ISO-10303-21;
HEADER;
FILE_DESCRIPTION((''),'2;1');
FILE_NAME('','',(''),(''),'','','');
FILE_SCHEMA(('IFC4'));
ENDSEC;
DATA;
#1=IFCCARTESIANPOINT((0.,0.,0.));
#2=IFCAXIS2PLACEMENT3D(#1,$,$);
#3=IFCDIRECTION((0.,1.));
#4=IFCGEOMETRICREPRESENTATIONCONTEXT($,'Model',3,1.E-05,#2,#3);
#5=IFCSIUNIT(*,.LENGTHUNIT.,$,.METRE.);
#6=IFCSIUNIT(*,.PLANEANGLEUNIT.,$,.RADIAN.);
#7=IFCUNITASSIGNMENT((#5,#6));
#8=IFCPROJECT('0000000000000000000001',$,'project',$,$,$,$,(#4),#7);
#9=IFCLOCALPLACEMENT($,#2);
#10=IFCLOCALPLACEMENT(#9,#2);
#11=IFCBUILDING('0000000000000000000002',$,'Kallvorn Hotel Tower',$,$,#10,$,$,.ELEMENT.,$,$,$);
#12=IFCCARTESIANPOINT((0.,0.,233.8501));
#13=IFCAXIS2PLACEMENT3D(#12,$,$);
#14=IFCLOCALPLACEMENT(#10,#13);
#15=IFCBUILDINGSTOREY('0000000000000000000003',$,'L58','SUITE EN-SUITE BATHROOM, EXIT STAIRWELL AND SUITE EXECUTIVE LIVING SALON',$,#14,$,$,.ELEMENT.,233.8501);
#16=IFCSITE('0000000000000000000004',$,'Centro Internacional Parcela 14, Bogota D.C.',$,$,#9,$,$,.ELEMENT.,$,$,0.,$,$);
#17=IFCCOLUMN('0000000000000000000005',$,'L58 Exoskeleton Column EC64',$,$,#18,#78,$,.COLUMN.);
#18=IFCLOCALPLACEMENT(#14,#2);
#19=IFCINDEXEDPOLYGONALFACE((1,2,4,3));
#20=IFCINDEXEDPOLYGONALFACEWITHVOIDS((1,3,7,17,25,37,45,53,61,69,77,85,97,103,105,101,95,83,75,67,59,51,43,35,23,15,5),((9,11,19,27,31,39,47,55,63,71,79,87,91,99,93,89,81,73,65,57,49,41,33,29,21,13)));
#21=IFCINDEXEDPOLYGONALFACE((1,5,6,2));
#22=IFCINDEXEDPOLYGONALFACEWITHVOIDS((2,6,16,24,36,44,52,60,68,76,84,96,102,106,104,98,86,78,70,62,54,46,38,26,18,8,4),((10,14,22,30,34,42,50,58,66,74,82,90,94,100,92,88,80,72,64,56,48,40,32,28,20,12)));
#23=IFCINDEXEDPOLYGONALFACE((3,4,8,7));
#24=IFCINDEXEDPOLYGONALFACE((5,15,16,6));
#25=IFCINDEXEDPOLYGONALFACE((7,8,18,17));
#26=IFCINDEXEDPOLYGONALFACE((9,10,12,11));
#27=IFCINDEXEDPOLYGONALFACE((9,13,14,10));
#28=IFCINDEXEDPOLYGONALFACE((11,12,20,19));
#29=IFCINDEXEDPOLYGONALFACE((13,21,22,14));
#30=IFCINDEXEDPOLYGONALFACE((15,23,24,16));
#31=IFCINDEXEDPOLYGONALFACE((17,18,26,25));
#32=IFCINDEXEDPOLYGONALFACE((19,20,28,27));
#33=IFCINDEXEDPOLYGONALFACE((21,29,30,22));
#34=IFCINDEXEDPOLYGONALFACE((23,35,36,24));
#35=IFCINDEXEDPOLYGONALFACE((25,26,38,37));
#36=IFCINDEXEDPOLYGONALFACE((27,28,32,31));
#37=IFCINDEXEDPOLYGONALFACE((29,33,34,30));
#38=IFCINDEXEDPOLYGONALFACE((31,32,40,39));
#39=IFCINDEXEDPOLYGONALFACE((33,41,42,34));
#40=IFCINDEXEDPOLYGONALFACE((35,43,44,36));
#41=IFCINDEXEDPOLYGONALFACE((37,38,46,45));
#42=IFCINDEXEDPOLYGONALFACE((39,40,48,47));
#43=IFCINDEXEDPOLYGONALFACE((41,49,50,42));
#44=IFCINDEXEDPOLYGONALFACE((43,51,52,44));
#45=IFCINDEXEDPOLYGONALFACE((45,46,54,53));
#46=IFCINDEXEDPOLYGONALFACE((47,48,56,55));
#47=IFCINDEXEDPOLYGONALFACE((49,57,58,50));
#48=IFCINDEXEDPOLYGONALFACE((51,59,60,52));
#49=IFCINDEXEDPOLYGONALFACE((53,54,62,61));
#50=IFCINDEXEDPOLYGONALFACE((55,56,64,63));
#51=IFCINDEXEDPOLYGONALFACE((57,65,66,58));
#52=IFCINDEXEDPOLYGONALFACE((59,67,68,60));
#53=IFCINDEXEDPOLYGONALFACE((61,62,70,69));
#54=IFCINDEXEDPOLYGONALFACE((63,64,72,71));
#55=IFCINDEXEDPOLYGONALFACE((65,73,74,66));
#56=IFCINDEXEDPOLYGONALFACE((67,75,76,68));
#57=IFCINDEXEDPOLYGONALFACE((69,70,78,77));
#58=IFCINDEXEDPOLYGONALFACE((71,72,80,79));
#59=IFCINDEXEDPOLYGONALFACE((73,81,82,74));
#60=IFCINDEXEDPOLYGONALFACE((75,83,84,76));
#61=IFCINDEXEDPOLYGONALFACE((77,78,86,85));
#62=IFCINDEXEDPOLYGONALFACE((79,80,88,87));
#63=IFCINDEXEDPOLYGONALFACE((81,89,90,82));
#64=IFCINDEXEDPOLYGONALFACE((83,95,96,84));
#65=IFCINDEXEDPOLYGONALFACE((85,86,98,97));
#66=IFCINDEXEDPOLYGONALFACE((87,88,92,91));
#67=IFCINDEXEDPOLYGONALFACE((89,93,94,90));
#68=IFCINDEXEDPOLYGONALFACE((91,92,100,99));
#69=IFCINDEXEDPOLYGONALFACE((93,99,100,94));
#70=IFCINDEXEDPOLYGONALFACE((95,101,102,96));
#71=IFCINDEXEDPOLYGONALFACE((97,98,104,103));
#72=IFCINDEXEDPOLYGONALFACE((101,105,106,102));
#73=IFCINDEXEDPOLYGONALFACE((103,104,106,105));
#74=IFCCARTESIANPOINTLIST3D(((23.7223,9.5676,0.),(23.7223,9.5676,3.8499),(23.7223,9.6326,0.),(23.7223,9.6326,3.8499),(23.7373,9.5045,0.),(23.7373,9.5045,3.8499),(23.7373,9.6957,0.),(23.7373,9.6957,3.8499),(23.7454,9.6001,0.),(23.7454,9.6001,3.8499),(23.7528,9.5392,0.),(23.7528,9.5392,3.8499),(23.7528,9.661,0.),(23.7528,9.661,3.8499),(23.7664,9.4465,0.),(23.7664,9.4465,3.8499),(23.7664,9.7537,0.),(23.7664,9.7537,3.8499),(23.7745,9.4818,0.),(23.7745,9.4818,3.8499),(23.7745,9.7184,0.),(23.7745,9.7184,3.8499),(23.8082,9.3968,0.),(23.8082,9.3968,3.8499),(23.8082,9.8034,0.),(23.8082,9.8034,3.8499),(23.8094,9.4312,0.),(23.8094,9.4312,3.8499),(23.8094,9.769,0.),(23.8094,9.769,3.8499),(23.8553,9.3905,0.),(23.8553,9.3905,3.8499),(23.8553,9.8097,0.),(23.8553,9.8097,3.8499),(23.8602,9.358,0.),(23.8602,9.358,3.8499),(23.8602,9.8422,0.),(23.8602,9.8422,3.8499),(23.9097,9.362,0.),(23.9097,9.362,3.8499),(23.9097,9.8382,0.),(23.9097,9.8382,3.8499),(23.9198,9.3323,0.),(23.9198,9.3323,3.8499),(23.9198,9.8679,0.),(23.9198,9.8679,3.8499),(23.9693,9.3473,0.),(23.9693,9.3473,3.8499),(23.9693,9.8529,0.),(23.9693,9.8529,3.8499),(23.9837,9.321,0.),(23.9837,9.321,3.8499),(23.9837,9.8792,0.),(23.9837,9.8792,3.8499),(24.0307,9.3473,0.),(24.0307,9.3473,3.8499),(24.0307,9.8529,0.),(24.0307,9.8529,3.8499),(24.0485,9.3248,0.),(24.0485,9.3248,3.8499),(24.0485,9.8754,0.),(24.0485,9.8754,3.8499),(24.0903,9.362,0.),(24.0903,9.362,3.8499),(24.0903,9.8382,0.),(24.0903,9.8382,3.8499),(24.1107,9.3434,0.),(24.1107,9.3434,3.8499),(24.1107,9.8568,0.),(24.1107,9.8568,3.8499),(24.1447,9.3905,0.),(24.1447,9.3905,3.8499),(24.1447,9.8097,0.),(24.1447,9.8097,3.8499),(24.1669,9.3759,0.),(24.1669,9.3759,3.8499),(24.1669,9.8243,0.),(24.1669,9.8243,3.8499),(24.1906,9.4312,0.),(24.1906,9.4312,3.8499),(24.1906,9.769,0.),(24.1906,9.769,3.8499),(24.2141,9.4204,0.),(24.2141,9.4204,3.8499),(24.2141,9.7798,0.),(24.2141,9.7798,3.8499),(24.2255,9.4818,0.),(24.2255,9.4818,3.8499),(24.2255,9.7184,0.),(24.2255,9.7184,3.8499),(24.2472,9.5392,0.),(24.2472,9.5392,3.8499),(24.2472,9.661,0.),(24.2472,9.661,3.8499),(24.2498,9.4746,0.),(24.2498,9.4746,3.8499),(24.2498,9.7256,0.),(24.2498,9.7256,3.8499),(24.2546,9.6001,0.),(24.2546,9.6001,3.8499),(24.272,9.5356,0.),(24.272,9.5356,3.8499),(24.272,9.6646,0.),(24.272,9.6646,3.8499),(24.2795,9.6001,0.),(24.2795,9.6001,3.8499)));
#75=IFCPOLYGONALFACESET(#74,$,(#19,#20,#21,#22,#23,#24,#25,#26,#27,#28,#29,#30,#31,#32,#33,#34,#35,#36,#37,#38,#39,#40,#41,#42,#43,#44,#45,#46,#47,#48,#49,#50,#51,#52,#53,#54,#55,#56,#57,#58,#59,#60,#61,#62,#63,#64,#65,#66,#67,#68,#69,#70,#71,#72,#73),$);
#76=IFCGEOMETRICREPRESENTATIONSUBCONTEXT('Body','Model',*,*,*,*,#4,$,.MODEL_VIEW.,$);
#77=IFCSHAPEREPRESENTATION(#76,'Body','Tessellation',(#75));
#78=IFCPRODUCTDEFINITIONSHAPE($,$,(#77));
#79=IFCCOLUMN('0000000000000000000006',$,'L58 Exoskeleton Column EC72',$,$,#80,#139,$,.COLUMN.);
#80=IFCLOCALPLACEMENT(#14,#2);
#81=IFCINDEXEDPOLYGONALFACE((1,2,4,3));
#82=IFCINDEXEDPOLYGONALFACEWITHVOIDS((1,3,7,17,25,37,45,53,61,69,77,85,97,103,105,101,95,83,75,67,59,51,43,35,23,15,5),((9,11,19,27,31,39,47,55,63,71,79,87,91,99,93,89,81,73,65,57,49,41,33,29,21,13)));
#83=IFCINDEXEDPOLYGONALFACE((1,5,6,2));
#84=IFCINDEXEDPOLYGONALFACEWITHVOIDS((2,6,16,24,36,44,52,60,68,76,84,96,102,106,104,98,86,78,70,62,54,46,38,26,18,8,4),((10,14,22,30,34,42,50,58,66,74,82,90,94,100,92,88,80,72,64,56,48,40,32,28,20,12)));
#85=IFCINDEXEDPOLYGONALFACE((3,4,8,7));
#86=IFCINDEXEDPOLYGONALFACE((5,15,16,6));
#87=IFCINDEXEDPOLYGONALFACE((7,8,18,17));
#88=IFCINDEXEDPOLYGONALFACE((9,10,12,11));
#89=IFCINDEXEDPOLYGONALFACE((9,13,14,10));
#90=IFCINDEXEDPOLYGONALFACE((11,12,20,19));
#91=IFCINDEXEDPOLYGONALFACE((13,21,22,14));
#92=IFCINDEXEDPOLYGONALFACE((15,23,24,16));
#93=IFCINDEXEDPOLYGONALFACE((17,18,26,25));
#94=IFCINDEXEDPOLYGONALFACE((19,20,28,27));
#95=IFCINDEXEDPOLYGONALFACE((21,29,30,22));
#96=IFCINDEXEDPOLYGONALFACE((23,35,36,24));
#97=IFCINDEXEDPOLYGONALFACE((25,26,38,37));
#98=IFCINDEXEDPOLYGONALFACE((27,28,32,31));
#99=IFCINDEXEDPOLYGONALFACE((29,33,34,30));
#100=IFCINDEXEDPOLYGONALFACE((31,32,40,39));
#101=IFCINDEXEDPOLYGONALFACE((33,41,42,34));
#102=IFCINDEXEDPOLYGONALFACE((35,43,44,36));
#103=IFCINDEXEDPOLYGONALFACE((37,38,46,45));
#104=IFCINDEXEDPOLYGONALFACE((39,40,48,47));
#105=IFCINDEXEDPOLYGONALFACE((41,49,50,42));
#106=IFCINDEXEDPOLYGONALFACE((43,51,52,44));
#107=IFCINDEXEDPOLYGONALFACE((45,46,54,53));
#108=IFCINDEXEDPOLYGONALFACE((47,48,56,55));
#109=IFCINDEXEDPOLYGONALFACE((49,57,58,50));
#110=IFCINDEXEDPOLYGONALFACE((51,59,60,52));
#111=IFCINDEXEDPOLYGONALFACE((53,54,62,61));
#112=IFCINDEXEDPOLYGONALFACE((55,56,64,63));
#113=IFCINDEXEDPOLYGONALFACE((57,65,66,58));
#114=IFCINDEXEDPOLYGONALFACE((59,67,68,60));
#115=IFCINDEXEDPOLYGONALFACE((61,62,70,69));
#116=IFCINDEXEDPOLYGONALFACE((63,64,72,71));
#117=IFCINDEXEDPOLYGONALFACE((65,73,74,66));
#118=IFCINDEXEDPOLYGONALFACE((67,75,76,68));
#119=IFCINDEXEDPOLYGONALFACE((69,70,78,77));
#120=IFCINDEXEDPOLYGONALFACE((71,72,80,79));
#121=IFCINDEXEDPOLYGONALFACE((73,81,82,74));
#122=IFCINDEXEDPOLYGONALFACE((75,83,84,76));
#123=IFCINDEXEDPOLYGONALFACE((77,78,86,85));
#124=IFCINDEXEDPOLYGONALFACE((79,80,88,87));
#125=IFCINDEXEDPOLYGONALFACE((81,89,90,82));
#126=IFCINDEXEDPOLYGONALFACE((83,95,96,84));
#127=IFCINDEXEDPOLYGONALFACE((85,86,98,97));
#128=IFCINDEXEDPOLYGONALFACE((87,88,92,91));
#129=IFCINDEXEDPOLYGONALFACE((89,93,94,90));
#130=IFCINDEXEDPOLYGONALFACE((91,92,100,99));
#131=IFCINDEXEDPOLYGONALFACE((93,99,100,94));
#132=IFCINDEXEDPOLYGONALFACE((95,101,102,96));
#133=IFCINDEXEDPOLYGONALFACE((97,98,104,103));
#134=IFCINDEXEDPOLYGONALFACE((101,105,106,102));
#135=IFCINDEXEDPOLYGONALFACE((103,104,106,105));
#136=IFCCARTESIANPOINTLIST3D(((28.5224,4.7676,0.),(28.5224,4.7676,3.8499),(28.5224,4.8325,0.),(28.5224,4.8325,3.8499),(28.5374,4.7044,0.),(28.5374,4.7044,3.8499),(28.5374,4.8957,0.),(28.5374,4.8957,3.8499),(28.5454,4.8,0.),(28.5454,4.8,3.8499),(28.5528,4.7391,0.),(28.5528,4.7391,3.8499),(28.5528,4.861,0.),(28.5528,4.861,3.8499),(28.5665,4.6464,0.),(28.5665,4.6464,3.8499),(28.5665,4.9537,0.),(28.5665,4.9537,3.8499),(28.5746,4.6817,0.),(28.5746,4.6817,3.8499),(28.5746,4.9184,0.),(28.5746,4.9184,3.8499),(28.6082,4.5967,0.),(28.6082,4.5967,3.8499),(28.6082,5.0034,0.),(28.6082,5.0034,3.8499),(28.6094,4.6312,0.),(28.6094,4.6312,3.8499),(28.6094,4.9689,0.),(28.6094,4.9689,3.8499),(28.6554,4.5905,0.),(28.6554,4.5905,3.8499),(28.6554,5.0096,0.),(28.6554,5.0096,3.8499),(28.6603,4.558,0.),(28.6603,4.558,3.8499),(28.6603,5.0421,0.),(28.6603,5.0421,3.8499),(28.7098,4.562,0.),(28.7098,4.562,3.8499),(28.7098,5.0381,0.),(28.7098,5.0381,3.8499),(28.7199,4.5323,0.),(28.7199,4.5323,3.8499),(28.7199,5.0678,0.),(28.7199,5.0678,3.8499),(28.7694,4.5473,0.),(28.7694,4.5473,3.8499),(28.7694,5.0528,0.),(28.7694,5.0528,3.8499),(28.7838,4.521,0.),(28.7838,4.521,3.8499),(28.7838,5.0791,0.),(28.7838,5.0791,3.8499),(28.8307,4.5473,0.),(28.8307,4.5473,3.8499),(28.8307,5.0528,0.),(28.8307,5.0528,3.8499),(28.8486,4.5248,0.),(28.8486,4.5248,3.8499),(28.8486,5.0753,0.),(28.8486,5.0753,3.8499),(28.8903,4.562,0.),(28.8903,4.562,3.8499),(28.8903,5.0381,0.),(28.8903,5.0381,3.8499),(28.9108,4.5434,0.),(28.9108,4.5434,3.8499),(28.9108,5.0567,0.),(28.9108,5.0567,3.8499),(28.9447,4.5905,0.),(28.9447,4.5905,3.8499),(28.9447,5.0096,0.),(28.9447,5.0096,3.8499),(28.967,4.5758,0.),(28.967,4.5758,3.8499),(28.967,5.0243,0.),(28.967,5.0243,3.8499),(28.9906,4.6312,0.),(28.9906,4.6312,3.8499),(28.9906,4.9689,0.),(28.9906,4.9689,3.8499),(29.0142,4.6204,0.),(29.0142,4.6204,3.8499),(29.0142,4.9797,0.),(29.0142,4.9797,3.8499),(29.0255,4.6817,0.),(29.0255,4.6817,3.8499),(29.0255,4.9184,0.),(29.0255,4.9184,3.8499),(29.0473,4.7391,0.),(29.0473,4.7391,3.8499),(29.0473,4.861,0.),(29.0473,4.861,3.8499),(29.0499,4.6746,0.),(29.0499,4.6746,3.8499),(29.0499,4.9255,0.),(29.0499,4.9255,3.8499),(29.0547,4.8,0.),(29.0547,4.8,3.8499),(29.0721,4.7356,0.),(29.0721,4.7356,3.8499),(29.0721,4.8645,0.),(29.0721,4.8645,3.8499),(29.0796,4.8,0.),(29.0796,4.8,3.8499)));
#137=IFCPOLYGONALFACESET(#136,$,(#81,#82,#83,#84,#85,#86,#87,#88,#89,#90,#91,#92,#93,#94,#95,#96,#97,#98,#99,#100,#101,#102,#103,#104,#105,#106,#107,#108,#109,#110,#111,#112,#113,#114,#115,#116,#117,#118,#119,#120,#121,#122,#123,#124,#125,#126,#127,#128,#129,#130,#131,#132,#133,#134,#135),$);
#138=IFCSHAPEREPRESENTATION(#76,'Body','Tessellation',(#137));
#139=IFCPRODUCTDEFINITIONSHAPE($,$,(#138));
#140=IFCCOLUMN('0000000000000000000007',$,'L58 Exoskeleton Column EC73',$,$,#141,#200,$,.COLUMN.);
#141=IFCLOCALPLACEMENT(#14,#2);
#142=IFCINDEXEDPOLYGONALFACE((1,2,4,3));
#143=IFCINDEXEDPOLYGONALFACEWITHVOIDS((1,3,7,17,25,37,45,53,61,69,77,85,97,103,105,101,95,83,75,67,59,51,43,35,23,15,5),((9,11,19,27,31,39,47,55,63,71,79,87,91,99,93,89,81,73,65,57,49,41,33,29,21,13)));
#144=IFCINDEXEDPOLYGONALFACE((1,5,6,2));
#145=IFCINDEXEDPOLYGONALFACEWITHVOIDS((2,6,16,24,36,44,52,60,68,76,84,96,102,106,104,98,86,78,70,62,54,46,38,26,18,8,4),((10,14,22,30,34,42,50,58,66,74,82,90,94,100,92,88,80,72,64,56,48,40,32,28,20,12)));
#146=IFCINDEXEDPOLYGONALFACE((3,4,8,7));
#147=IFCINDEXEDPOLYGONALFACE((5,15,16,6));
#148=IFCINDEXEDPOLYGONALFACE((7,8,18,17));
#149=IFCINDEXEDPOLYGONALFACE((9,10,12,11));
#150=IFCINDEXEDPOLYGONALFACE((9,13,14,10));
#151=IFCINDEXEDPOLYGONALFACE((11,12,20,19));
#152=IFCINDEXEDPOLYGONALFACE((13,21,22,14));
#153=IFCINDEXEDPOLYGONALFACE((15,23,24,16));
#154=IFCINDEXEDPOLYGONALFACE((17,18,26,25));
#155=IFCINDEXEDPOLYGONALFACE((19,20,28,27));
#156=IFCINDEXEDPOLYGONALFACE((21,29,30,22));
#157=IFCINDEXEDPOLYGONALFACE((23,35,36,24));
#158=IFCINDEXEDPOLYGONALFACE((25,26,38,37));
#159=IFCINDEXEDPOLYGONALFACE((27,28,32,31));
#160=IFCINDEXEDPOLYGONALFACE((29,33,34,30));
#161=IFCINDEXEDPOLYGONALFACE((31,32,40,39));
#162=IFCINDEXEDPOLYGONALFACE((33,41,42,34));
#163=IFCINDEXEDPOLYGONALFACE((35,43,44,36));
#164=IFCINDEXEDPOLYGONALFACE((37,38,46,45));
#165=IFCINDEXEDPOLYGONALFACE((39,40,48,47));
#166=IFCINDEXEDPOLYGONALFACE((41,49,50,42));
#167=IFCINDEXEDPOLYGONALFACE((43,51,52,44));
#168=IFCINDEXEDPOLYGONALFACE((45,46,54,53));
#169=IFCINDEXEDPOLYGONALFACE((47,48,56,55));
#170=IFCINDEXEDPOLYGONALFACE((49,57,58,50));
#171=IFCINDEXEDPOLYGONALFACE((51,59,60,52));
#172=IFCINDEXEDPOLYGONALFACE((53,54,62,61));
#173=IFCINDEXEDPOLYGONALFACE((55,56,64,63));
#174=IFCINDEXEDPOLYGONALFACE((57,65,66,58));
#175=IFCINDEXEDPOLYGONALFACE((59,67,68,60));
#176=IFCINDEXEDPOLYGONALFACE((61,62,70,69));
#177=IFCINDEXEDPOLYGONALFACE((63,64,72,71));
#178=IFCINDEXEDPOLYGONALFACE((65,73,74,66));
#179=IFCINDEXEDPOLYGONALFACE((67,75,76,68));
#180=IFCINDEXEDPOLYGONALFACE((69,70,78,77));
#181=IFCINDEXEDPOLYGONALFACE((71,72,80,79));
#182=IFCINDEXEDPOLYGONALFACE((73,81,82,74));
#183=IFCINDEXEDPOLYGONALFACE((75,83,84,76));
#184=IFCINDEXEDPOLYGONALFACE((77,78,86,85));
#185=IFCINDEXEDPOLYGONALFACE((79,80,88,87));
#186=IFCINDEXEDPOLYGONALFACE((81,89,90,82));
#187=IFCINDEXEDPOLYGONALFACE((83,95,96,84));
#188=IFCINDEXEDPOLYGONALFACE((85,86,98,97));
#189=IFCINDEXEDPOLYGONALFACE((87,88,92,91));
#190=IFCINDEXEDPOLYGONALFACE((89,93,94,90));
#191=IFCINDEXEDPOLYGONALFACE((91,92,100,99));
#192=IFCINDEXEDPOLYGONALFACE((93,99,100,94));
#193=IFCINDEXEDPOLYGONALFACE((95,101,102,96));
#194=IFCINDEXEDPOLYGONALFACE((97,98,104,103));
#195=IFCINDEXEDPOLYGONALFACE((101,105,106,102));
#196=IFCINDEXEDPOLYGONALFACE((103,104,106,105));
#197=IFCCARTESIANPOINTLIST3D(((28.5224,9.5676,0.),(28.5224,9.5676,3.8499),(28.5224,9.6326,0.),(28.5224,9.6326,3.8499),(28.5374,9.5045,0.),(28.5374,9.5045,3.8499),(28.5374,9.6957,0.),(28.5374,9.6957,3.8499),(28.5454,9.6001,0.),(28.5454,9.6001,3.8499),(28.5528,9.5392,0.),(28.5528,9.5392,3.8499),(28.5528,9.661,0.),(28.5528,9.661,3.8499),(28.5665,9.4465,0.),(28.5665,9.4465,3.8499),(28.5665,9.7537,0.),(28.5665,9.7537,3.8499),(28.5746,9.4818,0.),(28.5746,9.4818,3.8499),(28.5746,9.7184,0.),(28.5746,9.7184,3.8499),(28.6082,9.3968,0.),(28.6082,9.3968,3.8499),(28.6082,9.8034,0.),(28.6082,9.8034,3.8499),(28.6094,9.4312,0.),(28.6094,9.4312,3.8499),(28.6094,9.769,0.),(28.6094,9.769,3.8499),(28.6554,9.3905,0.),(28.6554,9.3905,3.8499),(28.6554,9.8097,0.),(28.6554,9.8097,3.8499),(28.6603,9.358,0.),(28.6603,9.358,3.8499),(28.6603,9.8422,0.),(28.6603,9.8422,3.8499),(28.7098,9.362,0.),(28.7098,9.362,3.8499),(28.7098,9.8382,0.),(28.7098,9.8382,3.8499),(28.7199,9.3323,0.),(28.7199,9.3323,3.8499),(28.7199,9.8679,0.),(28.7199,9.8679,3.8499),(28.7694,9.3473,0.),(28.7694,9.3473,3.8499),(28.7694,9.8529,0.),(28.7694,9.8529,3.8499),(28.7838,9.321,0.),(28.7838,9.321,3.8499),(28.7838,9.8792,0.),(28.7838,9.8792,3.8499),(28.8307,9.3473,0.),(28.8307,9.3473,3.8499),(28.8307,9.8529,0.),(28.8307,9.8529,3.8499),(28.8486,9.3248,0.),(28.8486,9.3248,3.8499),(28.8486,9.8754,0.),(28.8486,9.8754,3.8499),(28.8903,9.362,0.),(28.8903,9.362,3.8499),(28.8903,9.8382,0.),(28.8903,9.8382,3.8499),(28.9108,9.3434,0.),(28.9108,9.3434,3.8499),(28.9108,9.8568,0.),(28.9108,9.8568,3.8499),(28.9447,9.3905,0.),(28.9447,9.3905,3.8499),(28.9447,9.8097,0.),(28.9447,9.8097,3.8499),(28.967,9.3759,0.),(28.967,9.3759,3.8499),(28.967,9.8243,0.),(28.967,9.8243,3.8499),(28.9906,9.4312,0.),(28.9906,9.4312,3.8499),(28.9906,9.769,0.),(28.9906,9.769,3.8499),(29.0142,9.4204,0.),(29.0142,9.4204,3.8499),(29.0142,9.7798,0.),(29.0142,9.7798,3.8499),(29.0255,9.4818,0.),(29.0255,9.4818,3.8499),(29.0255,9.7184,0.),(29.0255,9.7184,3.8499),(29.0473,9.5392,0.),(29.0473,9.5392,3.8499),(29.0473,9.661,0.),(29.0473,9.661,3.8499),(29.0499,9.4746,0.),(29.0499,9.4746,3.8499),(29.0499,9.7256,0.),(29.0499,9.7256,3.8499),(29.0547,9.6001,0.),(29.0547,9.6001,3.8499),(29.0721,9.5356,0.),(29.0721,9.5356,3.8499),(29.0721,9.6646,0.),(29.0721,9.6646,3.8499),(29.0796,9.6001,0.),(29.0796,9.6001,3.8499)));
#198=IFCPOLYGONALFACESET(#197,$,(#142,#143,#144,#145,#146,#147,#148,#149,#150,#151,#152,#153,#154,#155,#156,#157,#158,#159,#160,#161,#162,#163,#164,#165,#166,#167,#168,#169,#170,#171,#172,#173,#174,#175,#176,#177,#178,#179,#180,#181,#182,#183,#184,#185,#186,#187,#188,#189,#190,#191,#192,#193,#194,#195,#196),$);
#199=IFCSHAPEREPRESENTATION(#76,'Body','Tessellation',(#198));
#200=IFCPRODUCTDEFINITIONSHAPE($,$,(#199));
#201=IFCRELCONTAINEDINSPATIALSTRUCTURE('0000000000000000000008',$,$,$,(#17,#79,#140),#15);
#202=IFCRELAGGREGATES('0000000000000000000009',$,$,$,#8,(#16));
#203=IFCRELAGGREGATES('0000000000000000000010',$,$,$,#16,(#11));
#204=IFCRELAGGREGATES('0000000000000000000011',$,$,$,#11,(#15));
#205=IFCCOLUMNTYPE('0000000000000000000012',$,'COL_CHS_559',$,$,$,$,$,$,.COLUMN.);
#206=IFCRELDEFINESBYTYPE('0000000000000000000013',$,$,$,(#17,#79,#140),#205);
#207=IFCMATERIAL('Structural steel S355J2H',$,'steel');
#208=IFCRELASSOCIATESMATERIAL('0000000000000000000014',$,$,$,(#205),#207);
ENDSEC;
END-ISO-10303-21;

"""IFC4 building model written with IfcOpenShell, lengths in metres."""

from ifc_helpers import new_model, si_unit, direction, frame, origin, origin_2d, place, context, subcontext, project, spatial, hollow_circle, extrude, material, material_profile, profile_set, type_object, element, save


model = new_model("IFC4")

# Units and contexts
model_context = context("Model", 3, precision=1e-05, world=origin(), true_north=direction((0.0, 1.0)))
body_context = subcontext(model_context, "Body", "Model", "MODEL_VIEW")
ifc_project = project(units=[si_unit("LENGTHUNIT", "METRE"), si_unit("PLANEANGLEUNIT", "RADIAN")], contexts=[model_context])

# Site, building, storey
site_placement = place(None, origin())
site = spatial("IfcSite", under=ifc_project, at=site_placement, Name="Centro Internacional Parcela 14, Bogota D.C.", CompositionType="ELEMENT", RefElevation=0.0)
building_placement = place(site_placement, origin())
building = spatial("IfcBuilding", under=site, at=building_placement, Name="Kallvorn Hotel Tower", CompositionType="ELEMENT")
storey_placement = place(building_placement, frame((0.0, 0.0, 233.8501)))
storey = spatial("IfcBuildingStorey", under=building, at=storey_placement, Name="L58", Description="SUITE EN-SUITE BATHROOM, EXIT STAIRWELL AND SUITE EXECUTIVE LIVING SALON", CompositionType="ELEMENT", Elevation=233.8501)

# Columns
ifc_material_1 = material(Name="Structural steel S355J2H", Category="steel")
ifc_material_profile_1 = material_profile(ifc_material_1, hollow_circle(Radius=0.2795, WallThickness=0.0249, at=origin_2d()), Name="CHS 559x25")
ifc_profile_set_1 = profile_set([ifc_material_profile_1], Name="Structural steel S355J2H")
column_type_1 = type_object("IfcColumnType", Name="COL_CHS_559", PredefinedType="COLUMN", material=ifc_profile_set_1)
for number, where, z_axis, x_axis, name in (
    (1, (24.0, 9.6001, 0.0), (0.0, 0.0, 1.0), (1.0, 0.0, 0.0), "L58 Exoskeleton Column EC64"),
    (2, (28.8, 4.8, 0.0), (0.0, 0.0, 1.0), (1.0, 0.0, 0.0), "L58 Exoskeleton Column EC72"),
    (3, (28.8, 9.6001, 0.0), (0.0, 0.0, 1.0), (1.0, 0.0, 0.0), "L58 Exoskeleton Column EC73"),
):
    element("IfcColumn", number, at=place(storey_placement, frame(where, z_axis=z_axis, x_axis=x_axis)), inside=storey, type_object=column_type_1, Name=name, PredefinedType="COLUMN", context=body_context, shape_type="SweptSolid", body=[
        extrude(hollow_circle(Radius=0.2795, WallThickness=0.0249, at=origin_2d()), origin(), (0.0, 0.0, 1.0), 3.8499),
    ])

save(model, "model.ifc")
